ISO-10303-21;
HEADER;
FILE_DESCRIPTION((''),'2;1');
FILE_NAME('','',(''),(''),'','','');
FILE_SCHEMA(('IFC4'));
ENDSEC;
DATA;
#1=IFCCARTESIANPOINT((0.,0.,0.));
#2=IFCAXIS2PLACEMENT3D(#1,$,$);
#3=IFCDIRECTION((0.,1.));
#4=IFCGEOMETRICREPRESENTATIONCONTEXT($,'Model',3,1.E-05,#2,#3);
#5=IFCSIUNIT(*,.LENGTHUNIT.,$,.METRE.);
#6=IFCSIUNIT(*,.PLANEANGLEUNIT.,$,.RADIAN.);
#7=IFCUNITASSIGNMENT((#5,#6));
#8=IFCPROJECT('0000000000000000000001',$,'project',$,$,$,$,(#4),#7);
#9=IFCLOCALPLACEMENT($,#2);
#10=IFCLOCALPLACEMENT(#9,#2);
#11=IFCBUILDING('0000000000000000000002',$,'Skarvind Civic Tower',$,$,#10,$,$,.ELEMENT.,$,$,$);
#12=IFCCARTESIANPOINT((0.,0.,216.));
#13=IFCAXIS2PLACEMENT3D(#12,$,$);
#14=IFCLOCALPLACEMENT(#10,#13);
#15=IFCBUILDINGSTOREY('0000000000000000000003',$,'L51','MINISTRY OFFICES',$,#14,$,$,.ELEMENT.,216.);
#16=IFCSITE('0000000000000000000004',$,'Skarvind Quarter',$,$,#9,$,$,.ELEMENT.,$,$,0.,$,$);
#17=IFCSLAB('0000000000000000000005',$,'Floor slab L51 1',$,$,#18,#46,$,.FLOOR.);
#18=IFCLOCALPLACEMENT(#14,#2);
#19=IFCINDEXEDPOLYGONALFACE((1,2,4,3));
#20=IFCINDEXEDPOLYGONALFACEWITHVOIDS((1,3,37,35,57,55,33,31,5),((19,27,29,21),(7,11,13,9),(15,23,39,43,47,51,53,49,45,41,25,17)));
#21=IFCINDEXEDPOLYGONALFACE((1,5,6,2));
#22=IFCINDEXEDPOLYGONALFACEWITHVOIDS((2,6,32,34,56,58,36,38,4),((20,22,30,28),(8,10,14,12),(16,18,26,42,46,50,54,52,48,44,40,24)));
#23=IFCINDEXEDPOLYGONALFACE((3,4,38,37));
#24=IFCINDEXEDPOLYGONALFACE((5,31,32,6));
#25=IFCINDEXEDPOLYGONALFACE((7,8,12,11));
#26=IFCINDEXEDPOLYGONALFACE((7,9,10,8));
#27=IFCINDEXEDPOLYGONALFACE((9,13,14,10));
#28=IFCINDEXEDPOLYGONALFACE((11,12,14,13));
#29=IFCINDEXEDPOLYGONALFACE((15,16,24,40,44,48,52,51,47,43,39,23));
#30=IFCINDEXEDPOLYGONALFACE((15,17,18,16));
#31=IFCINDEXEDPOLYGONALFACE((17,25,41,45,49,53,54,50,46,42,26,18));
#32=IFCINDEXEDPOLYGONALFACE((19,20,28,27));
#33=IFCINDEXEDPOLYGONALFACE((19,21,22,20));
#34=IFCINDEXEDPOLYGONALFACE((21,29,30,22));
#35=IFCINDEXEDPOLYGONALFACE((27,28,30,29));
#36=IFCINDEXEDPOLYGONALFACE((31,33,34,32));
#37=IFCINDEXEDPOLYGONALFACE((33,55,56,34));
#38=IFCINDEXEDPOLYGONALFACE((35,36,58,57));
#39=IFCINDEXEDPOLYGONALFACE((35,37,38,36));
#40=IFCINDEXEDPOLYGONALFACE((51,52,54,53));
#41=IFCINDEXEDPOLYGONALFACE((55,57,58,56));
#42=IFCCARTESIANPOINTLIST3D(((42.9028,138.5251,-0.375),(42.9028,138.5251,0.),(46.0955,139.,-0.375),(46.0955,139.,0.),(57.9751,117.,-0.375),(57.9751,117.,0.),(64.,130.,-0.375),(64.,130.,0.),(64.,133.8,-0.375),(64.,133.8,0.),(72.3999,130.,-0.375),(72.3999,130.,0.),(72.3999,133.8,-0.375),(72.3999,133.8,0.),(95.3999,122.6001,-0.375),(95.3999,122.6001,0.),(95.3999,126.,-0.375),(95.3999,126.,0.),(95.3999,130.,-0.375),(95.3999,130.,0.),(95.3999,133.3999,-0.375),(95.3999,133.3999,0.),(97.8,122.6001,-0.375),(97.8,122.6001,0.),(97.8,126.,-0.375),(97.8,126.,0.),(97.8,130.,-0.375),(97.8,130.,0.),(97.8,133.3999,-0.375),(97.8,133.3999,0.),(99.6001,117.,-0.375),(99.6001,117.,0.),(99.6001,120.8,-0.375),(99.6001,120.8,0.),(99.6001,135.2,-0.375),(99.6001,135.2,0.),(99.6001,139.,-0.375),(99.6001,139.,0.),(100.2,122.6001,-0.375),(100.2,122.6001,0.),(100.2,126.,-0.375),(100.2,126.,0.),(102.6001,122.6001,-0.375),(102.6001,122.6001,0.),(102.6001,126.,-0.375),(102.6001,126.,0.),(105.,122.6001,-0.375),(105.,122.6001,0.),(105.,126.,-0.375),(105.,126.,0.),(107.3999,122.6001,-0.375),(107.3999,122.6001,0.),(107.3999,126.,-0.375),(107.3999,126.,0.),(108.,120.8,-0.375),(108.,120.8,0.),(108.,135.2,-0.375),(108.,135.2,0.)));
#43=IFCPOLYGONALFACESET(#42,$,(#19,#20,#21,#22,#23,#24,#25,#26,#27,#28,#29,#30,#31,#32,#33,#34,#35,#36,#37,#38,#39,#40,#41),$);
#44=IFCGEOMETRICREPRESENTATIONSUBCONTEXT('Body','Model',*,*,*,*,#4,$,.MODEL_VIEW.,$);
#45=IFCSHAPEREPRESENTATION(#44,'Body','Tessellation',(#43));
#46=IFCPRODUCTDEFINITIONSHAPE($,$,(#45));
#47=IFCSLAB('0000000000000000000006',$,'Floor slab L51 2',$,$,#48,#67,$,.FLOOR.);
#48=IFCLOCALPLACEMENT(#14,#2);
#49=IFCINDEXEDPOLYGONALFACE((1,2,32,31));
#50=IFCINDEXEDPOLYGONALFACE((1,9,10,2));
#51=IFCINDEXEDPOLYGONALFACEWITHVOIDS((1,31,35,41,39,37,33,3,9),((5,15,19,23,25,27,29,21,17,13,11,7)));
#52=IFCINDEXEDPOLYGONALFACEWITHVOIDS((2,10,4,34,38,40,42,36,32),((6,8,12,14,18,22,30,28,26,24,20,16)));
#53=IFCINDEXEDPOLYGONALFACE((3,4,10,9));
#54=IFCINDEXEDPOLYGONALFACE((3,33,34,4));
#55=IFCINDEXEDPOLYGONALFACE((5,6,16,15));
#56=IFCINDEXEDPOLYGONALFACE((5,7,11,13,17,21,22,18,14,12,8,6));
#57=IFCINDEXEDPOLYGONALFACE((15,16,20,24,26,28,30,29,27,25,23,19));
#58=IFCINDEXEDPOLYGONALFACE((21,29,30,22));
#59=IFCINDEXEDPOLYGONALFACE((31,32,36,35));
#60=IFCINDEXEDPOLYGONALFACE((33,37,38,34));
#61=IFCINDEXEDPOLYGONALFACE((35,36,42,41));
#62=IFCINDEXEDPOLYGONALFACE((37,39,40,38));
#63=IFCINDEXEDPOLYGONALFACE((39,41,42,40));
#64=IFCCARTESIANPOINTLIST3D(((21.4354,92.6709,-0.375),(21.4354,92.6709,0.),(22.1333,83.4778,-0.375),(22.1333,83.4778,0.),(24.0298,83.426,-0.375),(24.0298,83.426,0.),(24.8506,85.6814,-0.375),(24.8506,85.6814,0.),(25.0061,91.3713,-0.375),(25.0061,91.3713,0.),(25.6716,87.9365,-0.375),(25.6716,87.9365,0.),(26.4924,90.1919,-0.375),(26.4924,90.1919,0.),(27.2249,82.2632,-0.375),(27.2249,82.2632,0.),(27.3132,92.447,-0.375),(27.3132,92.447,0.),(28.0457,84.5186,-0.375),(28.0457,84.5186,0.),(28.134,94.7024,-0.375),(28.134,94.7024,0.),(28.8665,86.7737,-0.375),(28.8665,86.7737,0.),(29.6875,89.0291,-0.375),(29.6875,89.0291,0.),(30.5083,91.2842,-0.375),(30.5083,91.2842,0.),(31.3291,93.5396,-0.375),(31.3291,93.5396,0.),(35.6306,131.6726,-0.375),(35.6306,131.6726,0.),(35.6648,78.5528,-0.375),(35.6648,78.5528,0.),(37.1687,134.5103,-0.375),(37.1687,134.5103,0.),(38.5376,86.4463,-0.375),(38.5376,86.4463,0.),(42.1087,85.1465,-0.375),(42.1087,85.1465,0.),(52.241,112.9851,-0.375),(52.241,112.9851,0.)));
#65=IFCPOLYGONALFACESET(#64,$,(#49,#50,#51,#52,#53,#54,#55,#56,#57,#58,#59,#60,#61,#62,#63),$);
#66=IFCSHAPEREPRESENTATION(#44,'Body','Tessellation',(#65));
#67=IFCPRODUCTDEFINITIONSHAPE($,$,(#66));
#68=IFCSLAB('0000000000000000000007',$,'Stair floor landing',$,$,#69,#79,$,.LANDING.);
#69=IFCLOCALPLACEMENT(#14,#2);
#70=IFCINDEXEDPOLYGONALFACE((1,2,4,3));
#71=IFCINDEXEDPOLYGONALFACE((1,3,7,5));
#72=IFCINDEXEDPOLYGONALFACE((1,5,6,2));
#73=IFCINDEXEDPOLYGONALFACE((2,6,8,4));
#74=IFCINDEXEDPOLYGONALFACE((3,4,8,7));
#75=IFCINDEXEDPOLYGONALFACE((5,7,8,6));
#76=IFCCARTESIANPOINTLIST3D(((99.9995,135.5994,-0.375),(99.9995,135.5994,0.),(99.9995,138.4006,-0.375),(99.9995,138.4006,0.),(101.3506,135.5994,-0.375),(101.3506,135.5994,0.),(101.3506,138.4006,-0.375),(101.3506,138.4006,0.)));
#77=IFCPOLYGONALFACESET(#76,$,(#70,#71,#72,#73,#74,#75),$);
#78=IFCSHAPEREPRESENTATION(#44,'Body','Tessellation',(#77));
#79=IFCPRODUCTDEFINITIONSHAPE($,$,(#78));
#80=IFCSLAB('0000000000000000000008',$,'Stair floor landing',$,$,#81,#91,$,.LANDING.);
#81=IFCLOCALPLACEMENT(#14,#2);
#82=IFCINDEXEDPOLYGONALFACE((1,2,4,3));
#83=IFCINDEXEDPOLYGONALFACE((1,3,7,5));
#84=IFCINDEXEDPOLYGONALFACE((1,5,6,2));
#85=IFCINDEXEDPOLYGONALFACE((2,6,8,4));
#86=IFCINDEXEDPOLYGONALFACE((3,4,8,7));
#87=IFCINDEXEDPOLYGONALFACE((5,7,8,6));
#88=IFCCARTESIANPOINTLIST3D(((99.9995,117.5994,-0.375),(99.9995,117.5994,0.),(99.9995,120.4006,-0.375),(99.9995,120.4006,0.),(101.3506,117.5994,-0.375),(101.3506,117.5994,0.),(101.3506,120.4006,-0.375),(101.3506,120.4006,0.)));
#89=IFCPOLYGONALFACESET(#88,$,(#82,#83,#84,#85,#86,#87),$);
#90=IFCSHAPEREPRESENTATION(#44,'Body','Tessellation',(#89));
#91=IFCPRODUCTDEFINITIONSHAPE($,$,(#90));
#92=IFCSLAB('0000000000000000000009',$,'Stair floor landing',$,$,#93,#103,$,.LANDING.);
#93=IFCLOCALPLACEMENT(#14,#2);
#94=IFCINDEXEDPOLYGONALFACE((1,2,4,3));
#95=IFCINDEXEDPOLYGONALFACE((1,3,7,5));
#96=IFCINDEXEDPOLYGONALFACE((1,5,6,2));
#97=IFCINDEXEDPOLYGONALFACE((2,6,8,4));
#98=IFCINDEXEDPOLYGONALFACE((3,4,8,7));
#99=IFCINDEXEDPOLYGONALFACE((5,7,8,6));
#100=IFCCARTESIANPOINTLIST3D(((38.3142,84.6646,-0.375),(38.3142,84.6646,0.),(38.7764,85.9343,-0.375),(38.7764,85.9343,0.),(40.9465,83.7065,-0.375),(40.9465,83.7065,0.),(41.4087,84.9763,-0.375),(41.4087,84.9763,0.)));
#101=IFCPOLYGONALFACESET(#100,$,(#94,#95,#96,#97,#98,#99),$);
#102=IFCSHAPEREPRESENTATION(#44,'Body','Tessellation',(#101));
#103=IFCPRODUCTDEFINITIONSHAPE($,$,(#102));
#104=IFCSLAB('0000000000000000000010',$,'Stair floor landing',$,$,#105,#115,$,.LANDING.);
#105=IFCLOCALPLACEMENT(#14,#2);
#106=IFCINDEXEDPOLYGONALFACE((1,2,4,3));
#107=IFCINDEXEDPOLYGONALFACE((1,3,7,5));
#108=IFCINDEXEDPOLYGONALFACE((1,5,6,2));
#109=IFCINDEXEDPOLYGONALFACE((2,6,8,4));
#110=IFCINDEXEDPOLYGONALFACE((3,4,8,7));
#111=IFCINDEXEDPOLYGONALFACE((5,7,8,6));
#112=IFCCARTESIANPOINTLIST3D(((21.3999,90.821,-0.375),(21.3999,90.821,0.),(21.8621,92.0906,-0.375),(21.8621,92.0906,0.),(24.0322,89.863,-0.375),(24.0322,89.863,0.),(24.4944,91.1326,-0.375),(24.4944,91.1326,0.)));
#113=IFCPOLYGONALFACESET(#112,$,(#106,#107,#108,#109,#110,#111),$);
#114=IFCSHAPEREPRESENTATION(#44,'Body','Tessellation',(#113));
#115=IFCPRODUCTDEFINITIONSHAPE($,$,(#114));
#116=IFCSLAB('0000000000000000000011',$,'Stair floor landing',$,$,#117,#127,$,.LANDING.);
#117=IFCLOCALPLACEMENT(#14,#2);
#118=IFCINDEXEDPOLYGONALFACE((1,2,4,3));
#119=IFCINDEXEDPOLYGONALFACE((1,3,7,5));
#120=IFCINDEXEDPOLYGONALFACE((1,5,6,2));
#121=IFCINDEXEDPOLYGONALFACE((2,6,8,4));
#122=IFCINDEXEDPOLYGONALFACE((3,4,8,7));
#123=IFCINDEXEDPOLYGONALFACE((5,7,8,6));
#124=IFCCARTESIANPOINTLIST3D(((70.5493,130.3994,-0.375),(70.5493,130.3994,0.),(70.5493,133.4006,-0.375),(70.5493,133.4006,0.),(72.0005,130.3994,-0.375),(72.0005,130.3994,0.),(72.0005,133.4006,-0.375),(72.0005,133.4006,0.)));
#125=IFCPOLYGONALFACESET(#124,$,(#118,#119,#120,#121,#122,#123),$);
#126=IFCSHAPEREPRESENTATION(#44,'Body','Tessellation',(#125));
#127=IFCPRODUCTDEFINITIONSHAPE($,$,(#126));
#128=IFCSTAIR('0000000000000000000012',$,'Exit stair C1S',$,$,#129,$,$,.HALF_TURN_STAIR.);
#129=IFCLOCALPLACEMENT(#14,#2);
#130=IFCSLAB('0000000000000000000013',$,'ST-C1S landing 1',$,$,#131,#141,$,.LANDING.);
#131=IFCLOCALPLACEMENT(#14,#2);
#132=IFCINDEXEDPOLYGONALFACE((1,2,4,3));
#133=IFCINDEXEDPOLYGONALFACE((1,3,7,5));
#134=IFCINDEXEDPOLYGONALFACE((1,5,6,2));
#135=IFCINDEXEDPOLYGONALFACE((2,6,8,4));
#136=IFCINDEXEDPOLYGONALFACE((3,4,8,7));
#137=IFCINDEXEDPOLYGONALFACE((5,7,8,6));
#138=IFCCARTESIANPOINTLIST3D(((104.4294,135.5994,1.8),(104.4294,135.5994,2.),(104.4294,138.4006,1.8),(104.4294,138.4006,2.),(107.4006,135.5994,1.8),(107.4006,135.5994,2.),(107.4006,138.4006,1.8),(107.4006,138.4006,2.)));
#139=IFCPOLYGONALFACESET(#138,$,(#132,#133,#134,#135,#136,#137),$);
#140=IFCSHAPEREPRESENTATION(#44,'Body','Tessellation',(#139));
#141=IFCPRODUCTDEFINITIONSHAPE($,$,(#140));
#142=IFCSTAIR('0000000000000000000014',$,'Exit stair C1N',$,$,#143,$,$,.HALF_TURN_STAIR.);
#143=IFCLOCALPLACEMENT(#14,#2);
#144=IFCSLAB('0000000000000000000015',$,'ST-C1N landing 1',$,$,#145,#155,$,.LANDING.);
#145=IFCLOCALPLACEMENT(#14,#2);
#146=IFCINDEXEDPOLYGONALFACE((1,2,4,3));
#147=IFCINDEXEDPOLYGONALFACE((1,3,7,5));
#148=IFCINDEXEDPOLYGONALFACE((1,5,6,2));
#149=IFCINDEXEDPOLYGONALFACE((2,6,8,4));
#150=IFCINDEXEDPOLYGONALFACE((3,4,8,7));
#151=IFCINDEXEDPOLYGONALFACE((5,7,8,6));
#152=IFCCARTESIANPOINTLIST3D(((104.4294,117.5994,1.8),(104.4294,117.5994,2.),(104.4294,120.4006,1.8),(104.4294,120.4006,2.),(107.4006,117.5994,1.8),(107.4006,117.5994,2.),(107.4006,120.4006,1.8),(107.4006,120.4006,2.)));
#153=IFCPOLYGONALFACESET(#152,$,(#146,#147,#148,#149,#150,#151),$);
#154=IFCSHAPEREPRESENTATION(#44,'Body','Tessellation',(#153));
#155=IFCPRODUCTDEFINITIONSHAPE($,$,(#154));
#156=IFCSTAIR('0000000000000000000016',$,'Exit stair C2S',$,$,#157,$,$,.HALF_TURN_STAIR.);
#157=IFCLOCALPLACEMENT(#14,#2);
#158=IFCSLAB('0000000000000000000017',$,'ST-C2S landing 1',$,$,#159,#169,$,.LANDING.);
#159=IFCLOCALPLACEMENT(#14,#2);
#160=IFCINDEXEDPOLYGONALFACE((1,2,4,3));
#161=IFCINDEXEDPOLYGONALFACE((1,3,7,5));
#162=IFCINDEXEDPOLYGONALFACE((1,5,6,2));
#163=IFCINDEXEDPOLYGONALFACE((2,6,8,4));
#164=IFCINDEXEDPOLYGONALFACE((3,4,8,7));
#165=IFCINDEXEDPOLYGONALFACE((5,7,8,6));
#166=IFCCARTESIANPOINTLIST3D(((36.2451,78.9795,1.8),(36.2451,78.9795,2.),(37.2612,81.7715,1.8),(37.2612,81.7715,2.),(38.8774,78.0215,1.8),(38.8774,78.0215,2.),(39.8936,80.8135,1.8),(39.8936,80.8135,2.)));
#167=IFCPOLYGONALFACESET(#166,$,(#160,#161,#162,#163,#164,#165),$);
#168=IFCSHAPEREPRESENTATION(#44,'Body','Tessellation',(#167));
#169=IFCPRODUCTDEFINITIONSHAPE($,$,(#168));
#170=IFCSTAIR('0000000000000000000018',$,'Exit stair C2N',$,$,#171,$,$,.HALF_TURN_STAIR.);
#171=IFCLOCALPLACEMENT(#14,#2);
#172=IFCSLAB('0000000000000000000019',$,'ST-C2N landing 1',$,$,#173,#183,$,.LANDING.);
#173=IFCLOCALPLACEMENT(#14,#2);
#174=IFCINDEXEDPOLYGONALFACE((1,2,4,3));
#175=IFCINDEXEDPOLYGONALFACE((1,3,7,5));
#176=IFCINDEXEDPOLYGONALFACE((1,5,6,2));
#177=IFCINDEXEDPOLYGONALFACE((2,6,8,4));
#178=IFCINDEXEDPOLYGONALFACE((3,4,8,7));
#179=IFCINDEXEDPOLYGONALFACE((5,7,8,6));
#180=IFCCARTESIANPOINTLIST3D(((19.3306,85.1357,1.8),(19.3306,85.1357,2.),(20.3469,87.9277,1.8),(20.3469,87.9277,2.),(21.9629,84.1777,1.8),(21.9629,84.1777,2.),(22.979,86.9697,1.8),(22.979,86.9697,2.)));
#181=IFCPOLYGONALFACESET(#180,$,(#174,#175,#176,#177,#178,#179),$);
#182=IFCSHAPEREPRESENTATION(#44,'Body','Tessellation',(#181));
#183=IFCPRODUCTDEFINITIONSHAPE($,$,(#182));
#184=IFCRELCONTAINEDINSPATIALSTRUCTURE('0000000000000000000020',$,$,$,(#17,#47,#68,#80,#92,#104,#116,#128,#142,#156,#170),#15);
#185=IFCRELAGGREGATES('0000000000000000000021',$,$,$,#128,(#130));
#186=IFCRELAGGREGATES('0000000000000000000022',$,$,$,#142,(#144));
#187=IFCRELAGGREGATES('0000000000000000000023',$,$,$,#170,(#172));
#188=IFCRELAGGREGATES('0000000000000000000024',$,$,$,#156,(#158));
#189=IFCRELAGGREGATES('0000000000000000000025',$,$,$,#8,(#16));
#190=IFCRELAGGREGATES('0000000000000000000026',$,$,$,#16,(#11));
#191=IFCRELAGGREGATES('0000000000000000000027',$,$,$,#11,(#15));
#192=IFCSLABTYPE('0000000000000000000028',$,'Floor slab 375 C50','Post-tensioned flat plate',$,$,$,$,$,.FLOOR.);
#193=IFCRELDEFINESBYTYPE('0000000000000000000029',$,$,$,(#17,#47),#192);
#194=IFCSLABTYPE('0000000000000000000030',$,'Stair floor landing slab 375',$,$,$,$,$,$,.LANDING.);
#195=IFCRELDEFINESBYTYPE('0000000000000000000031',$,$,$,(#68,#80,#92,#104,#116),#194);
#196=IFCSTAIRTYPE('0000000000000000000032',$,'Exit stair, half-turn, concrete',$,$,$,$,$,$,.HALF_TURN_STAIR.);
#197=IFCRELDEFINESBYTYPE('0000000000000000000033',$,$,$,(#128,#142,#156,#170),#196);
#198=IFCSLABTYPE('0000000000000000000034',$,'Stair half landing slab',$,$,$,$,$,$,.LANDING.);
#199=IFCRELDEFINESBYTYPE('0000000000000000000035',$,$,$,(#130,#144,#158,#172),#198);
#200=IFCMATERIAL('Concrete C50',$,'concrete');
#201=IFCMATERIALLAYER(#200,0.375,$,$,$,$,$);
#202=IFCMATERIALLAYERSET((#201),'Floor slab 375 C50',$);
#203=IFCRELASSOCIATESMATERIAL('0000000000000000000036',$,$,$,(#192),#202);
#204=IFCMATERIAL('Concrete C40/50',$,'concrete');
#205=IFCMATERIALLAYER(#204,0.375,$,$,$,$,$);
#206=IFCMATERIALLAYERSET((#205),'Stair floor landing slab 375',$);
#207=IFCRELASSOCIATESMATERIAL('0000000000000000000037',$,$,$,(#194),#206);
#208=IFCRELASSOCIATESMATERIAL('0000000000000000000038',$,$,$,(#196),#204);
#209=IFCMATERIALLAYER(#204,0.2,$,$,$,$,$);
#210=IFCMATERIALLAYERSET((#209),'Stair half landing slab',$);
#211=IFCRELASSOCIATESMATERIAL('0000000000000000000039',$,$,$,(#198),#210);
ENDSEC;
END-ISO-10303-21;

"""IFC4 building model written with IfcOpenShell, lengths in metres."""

from ifc_helpers import new_model, si_unit, direction, frame, origin, place, context, subcontext, project, spatial, polyline, outline, extrude, material, layer, layer_set, type_object, element, aggregate, save


model = new_model("IFC4")

# Units and contexts
model_context = context("Model", 3, precision=1e-05, world=origin(), true_north=direction((0.0, 1.0)))
body_context = subcontext(model_context, "Body", "Model", "MODEL_VIEW")
ifc_project = project(units=[si_unit("LENGTHUNIT", "METRE"), si_unit("PLANEANGLEUNIT", "RADIAN")], contexts=[model_context])

# Site, building, storey
site_placement = place(None, origin())
site = spatial("IfcSite", under=ifc_project, at=site_placement, Name="Skarvind Quarter", CompositionType="ELEMENT", RefElevation=0.0)
building_placement = place(site_placement, origin())
building = spatial("IfcBuilding", under=site, at=building_placement, Name="Skarvind Civic Tower", CompositionType="ELEMENT")
storey_placement = place(building_placement, frame((0.0, 0.0, 216.0)))
storey = spatial("IfcBuildingStorey", under=building, at=storey_placement, Name="L51", Description="MINISTRY OFFICES", CompositionType="ELEMENT", Elevation=216.0)

# Slabs
ifc_material_1 = material(Name="Concrete C50", Category="concrete")
ifc_layer_1 = layer(ifc_material_1, 0.375)
ifc_layer_set_1 = layer_set([ifc_layer_1], Name="Floor slab 375 C50")
slab_type_1 = type_object("IfcSlabType", Name="Floor slab 375 C50", Description="Post-tensioned flat plate", PredefinedType="FLOOR", material=ifc_layer_set_1)
slab_1_placement = place(storey_placement, frame((0.0, 0.0, -0.375)))
element("IfcSlab", 1, at=slab_1_placement, inside=storey, type_object=slab_type_1, Name="Floor slab L51 1", PredefinedType="FLOOR", context=body_context, shape_type="SweptSolid", body=[
    extrude(outline(polyline([(108.0, 135.2), (99.6001, 135.2), (99.6001, 139.0), (46.0955, 139.0), (42.9028, 138.5251), (57.9751, 117.0), (99.6001, 117.0), (99.6001, 120.8), (108.0, 120.8), (108.0, 135.2)]), holes=[polyline([(64.0, 130.0), (64.0, 133.8), (72.3999, 133.8), (72.3999, 130.0), (64.0, 130.0)]), polyline([(100.2, 126.0), (102.6001, 126.0), (105.0, 126.0), (107.3999, 126.0), (107.3999, 122.6001), (105.0, 122.6001), (102.6001, 122.6001), (100.2, 122.6001), (97.8, 122.6001), (95.3999, 122.6001), (95.3999, 126.0), (97.8, 126.0), (100.2, 126.0)]), polyline([(97.8, 130.0), (95.3999, 130.0), (95.3999, 133.3999), (97.8, 133.3999), (97.8, 130.0)])]), origin(), (0.0, 0.0, 1.0), 0.375),
])
slab_2_placement = place(storey_placement, frame((0.0, 0.0, -0.375)))
element("IfcSlab", 2, at=slab_2_placement, inside=storey, type_object=slab_type_1, Name="Floor slab L51 2", PredefinedType="FLOOR", context=body_context, shape_type="SweptSolid", body=[
    extrude(outline(polyline([(36.8865, 78.1082), (35.6648, 78.5527), (38.5376, 86.4463), (42.1086, 85.1465), (40.0908, 79.6023), (40.0908, 79.6023), (52.241, 112.9851), (37.1687, 134.5103), (35.6306, 131.6726), (19.4175, 87.1267), (21.4353, 92.6709), (25.0061, 91.3713), (22.1333, 83.4778), (36.8865, 78.1082)]), holes=[polyline([(25.6716, 87.9365), (26.4924, 90.1919), (27.3132, 92.447), (28.134, 94.7024), (31.3291, 93.5396), (30.5083, 91.2842), (29.6875, 89.0291), (28.8665, 86.7737), (28.8665, 86.7737), (28.0457, 84.5186), (27.2249, 82.2632), (24.0298, 83.426), (24.8506, 85.6814), (25.6716, 87.9365), (25.6716, 87.9365)])]), origin(), (0.0, 0.0, 1.0), 0.375),
])
ifc_material_2 = material(Name="Concrete C40/50", Category="concrete")
ifc_layer_2 = layer(ifc_material_2, 0.375)
ifc_layer_set_2 = layer_set([ifc_layer_2], Name="Stair floor landing slab 375")
slab_type_2 = type_object("IfcSlabType", Name="Stair floor landing slab 375", PredefinedType="LANDING", material=ifc_layer_set_2)
slab_3_placement = place(storey_placement, frame((0.0, 0.0, -0.375)))
element("IfcSlab", 3, at=slab_3_placement, inside=storey, type_object=slab_type_2, Name="Stair floor landing", PredefinedType="LANDING", context=body_context, shape_type="SweptSolid", body=[
    extrude(outline(polyline([(101.3506, 138.4006), (101.3506, 135.5994), (99.9995, 135.5994), (99.9995, 138.4006), (101.3506, 138.4006)])), origin(), (0.0, 0.0, 1.0), 0.375),
])
slab_4_placement = place(storey_placement, frame((0.0, 0.0, -0.375)))
element("IfcSlab", 4, at=slab_4_placement, inside=storey, type_object=slab_type_2, Name="Stair floor landing", PredefinedType="LANDING", context=body_context, shape_type="SweptSolid", body=[
    extrude(outline(polyline([(101.3506, 120.4006), (101.3506, 117.5994), (99.9995, 117.5994), (99.9995, 120.4006), (101.3506, 120.4006)])), origin(), (0.0, 0.0, 1.0), 0.375),
])
slab_5_placement = place(storey_placement, frame((0.0, 0.0, -0.375)))
element("IfcSlab", 5, at=slab_5_placement, inside=storey, type_object=slab_type_2, Name="Stair floor landing", PredefinedType="LANDING", context=body_context, shape_type="SweptSolid", body=[
    extrude(outline(polyline([(40.9465, 83.7065), (38.3142, 84.6646), (38.7764, 85.9343), (41.4087, 84.9763), (40.9465, 83.7065)])), origin(), (0.0, 0.0, 1.0), 0.375),
])
slab_6_placement = place(storey_placement, frame((0.0, 0.0, -0.375)))
element("IfcSlab", 6, at=slab_6_placement, inside=storey, type_object=slab_type_2, Name="Stair floor landing", PredefinedType="LANDING", context=body_context, shape_type="SweptSolid", body=[
    extrude(outline(polyline([(24.0322, 89.863), (21.3999, 90.821), (21.8621, 92.0906), (24.4944, 91.1326), (24.0322, 89.863)])), origin(), (0.0, 0.0, 1.0), 0.375),
])
slab_7_placement = place(storey_placement, frame((0.0, 0.0, -0.375)))
element("IfcSlab", 7, at=slab_7_placement, inside=storey, type_object=slab_type_2, Name="Stair floor landing", PredefinedType="LANDING", context=body_context, shape_type="SweptSolid", body=[
    extrude(outline(polyline([(70.5493, 130.3994), (70.5493, 133.4006), (72.0005, 133.4006), (72.0005, 130.3994), (70.5493, 130.3994)])), origin(), (0.0, 0.0, 1.0), 0.375),
])

# Stairs, slabs
stair_type_1 = type_object("IfcStairType", Name="Exit stair, half-turn, concrete", PredefinedType="HALF_TURN_STAIR", material=ifc_material_2)
stair_1_placement = place(storey_placement, origin())
stair_1 = element("IfcStair", 8, at=stair_1_placement, inside=storey, type_object=stair_type_1, Name="Exit stair C1S", PredefinedType="HALF_TURN_STAIR")
ifc_layer_3 = layer(ifc_material_2, 0.2)
ifc_layer_set_3 = layer_set([ifc_layer_3], Name="Stair half landing slab")
slab_type_3 = type_object("IfcSlabType", Name="Stair half landing slab", PredefinedType="LANDING", material=ifc_layer_set_3)
slab_8_placement = place(storey_placement, frame((0.0, 0.0, 1.8)))
slab_8 = element("IfcSlab", 9, at=slab_8_placement, type_object=slab_type_3, Name="ST-C1S landing 1", PredefinedType="LANDING", context=body_context, shape_type="SweptSolid", body=[
    extrude(outline(polyline([(104.4294, 135.5994), (104.4294, 138.4006), (107.4006, 138.4006), (107.4006, 135.5994), (104.4294, 135.5994)])), origin(), (0.0, 0.0, 1.0), 0.2),
])
aggregate(stair_1, [slab_8])
stair_2_placement = place(storey_placement, origin())
stair_2 = element("IfcStair", 10, at=stair_2_placement, inside=storey, type_object=stair_type_1, Name="Exit stair C1N", PredefinedType="HALF_TURN_STAIR")
slab_9_placement = place(storey_placement, frame((0.0, 0.0, 1.8)))
slab_9 = element("IfcSlab", 11, at=slab_9_placement, type_object=slab_type_3, Name="ST-C1N landing 1", PredefinedType="LANDING", context=body_context, shape_type="SweptSolid", body=[
    extrude(outline(polyline([(104.4294, 117.5994), (104.4294, 120.4006), (107.4006, 120.4006), (107.4006, 117.5994), (104.4294, 117.5994)])), origin(), (0.0, 0.0, 1.0), 0.2),
])
aggregate(stair_2, [slab_9])
stair_3_placement = place(storey_placement, origin())
stair_3 = element("IfcStair", 12, at=stair_3_placement, inside=storey, type_object=stair_type_1, Name="Exit stair C2S", PredefinedType="HALF_TURN_STAIR")
slab_10_placement = place(storey_placement, frame((0.0, 0.0, 1.8)))
slab_10 = element("IfcSlab", 13, at=slab_10_placement, type_object=slab_type_3, Name="ST-C2S landing 1", PredefinedType="LANDING", context=body_context, shape_type="SweptSolid", body=[
    extrude(outline(polyline([(37.2612, 81.7715), (39.8936, 80.8135), (38.8774, 78.0215), (36.2451, 78.9795), (37.2612, 81.7715)])), origin(), (0.0, 0.0, 1.0), 0.2),
])
stair_4_placement = place(storey_placement, origin())
stair_4 = element("IfcStair", 14, at=stair_4_placement, inside=storey, type_object=stair_type_1, Name="Exit stair C2N", PredefinedType="HALF_TURN_STAIR")
slab_11_placement = place(storey_placement, frame((0.0, 0.0, 1.8)))
slab_11 = element("IfcSlab", 15, at=slab_11_placement, type_object=slab_type_3, Name="ST-C2N landing 1", PredefinedType="LANDING", context=body_context, shape_type="SweptSolid", body=[
    extrude(outline(polyline([(20.3469, 87.9277), (22.979, 86.9697), (21.9629, 84.1777), (19.3306, 85.1357), (20.3469, 87.9277)])), origin(), (0.0, 0.0, 1.0), 0.2),
])
aggregate(stair_4, [slab_11])

aggregate(stair_3, [slab_10])

save(model, "model.ifc")
